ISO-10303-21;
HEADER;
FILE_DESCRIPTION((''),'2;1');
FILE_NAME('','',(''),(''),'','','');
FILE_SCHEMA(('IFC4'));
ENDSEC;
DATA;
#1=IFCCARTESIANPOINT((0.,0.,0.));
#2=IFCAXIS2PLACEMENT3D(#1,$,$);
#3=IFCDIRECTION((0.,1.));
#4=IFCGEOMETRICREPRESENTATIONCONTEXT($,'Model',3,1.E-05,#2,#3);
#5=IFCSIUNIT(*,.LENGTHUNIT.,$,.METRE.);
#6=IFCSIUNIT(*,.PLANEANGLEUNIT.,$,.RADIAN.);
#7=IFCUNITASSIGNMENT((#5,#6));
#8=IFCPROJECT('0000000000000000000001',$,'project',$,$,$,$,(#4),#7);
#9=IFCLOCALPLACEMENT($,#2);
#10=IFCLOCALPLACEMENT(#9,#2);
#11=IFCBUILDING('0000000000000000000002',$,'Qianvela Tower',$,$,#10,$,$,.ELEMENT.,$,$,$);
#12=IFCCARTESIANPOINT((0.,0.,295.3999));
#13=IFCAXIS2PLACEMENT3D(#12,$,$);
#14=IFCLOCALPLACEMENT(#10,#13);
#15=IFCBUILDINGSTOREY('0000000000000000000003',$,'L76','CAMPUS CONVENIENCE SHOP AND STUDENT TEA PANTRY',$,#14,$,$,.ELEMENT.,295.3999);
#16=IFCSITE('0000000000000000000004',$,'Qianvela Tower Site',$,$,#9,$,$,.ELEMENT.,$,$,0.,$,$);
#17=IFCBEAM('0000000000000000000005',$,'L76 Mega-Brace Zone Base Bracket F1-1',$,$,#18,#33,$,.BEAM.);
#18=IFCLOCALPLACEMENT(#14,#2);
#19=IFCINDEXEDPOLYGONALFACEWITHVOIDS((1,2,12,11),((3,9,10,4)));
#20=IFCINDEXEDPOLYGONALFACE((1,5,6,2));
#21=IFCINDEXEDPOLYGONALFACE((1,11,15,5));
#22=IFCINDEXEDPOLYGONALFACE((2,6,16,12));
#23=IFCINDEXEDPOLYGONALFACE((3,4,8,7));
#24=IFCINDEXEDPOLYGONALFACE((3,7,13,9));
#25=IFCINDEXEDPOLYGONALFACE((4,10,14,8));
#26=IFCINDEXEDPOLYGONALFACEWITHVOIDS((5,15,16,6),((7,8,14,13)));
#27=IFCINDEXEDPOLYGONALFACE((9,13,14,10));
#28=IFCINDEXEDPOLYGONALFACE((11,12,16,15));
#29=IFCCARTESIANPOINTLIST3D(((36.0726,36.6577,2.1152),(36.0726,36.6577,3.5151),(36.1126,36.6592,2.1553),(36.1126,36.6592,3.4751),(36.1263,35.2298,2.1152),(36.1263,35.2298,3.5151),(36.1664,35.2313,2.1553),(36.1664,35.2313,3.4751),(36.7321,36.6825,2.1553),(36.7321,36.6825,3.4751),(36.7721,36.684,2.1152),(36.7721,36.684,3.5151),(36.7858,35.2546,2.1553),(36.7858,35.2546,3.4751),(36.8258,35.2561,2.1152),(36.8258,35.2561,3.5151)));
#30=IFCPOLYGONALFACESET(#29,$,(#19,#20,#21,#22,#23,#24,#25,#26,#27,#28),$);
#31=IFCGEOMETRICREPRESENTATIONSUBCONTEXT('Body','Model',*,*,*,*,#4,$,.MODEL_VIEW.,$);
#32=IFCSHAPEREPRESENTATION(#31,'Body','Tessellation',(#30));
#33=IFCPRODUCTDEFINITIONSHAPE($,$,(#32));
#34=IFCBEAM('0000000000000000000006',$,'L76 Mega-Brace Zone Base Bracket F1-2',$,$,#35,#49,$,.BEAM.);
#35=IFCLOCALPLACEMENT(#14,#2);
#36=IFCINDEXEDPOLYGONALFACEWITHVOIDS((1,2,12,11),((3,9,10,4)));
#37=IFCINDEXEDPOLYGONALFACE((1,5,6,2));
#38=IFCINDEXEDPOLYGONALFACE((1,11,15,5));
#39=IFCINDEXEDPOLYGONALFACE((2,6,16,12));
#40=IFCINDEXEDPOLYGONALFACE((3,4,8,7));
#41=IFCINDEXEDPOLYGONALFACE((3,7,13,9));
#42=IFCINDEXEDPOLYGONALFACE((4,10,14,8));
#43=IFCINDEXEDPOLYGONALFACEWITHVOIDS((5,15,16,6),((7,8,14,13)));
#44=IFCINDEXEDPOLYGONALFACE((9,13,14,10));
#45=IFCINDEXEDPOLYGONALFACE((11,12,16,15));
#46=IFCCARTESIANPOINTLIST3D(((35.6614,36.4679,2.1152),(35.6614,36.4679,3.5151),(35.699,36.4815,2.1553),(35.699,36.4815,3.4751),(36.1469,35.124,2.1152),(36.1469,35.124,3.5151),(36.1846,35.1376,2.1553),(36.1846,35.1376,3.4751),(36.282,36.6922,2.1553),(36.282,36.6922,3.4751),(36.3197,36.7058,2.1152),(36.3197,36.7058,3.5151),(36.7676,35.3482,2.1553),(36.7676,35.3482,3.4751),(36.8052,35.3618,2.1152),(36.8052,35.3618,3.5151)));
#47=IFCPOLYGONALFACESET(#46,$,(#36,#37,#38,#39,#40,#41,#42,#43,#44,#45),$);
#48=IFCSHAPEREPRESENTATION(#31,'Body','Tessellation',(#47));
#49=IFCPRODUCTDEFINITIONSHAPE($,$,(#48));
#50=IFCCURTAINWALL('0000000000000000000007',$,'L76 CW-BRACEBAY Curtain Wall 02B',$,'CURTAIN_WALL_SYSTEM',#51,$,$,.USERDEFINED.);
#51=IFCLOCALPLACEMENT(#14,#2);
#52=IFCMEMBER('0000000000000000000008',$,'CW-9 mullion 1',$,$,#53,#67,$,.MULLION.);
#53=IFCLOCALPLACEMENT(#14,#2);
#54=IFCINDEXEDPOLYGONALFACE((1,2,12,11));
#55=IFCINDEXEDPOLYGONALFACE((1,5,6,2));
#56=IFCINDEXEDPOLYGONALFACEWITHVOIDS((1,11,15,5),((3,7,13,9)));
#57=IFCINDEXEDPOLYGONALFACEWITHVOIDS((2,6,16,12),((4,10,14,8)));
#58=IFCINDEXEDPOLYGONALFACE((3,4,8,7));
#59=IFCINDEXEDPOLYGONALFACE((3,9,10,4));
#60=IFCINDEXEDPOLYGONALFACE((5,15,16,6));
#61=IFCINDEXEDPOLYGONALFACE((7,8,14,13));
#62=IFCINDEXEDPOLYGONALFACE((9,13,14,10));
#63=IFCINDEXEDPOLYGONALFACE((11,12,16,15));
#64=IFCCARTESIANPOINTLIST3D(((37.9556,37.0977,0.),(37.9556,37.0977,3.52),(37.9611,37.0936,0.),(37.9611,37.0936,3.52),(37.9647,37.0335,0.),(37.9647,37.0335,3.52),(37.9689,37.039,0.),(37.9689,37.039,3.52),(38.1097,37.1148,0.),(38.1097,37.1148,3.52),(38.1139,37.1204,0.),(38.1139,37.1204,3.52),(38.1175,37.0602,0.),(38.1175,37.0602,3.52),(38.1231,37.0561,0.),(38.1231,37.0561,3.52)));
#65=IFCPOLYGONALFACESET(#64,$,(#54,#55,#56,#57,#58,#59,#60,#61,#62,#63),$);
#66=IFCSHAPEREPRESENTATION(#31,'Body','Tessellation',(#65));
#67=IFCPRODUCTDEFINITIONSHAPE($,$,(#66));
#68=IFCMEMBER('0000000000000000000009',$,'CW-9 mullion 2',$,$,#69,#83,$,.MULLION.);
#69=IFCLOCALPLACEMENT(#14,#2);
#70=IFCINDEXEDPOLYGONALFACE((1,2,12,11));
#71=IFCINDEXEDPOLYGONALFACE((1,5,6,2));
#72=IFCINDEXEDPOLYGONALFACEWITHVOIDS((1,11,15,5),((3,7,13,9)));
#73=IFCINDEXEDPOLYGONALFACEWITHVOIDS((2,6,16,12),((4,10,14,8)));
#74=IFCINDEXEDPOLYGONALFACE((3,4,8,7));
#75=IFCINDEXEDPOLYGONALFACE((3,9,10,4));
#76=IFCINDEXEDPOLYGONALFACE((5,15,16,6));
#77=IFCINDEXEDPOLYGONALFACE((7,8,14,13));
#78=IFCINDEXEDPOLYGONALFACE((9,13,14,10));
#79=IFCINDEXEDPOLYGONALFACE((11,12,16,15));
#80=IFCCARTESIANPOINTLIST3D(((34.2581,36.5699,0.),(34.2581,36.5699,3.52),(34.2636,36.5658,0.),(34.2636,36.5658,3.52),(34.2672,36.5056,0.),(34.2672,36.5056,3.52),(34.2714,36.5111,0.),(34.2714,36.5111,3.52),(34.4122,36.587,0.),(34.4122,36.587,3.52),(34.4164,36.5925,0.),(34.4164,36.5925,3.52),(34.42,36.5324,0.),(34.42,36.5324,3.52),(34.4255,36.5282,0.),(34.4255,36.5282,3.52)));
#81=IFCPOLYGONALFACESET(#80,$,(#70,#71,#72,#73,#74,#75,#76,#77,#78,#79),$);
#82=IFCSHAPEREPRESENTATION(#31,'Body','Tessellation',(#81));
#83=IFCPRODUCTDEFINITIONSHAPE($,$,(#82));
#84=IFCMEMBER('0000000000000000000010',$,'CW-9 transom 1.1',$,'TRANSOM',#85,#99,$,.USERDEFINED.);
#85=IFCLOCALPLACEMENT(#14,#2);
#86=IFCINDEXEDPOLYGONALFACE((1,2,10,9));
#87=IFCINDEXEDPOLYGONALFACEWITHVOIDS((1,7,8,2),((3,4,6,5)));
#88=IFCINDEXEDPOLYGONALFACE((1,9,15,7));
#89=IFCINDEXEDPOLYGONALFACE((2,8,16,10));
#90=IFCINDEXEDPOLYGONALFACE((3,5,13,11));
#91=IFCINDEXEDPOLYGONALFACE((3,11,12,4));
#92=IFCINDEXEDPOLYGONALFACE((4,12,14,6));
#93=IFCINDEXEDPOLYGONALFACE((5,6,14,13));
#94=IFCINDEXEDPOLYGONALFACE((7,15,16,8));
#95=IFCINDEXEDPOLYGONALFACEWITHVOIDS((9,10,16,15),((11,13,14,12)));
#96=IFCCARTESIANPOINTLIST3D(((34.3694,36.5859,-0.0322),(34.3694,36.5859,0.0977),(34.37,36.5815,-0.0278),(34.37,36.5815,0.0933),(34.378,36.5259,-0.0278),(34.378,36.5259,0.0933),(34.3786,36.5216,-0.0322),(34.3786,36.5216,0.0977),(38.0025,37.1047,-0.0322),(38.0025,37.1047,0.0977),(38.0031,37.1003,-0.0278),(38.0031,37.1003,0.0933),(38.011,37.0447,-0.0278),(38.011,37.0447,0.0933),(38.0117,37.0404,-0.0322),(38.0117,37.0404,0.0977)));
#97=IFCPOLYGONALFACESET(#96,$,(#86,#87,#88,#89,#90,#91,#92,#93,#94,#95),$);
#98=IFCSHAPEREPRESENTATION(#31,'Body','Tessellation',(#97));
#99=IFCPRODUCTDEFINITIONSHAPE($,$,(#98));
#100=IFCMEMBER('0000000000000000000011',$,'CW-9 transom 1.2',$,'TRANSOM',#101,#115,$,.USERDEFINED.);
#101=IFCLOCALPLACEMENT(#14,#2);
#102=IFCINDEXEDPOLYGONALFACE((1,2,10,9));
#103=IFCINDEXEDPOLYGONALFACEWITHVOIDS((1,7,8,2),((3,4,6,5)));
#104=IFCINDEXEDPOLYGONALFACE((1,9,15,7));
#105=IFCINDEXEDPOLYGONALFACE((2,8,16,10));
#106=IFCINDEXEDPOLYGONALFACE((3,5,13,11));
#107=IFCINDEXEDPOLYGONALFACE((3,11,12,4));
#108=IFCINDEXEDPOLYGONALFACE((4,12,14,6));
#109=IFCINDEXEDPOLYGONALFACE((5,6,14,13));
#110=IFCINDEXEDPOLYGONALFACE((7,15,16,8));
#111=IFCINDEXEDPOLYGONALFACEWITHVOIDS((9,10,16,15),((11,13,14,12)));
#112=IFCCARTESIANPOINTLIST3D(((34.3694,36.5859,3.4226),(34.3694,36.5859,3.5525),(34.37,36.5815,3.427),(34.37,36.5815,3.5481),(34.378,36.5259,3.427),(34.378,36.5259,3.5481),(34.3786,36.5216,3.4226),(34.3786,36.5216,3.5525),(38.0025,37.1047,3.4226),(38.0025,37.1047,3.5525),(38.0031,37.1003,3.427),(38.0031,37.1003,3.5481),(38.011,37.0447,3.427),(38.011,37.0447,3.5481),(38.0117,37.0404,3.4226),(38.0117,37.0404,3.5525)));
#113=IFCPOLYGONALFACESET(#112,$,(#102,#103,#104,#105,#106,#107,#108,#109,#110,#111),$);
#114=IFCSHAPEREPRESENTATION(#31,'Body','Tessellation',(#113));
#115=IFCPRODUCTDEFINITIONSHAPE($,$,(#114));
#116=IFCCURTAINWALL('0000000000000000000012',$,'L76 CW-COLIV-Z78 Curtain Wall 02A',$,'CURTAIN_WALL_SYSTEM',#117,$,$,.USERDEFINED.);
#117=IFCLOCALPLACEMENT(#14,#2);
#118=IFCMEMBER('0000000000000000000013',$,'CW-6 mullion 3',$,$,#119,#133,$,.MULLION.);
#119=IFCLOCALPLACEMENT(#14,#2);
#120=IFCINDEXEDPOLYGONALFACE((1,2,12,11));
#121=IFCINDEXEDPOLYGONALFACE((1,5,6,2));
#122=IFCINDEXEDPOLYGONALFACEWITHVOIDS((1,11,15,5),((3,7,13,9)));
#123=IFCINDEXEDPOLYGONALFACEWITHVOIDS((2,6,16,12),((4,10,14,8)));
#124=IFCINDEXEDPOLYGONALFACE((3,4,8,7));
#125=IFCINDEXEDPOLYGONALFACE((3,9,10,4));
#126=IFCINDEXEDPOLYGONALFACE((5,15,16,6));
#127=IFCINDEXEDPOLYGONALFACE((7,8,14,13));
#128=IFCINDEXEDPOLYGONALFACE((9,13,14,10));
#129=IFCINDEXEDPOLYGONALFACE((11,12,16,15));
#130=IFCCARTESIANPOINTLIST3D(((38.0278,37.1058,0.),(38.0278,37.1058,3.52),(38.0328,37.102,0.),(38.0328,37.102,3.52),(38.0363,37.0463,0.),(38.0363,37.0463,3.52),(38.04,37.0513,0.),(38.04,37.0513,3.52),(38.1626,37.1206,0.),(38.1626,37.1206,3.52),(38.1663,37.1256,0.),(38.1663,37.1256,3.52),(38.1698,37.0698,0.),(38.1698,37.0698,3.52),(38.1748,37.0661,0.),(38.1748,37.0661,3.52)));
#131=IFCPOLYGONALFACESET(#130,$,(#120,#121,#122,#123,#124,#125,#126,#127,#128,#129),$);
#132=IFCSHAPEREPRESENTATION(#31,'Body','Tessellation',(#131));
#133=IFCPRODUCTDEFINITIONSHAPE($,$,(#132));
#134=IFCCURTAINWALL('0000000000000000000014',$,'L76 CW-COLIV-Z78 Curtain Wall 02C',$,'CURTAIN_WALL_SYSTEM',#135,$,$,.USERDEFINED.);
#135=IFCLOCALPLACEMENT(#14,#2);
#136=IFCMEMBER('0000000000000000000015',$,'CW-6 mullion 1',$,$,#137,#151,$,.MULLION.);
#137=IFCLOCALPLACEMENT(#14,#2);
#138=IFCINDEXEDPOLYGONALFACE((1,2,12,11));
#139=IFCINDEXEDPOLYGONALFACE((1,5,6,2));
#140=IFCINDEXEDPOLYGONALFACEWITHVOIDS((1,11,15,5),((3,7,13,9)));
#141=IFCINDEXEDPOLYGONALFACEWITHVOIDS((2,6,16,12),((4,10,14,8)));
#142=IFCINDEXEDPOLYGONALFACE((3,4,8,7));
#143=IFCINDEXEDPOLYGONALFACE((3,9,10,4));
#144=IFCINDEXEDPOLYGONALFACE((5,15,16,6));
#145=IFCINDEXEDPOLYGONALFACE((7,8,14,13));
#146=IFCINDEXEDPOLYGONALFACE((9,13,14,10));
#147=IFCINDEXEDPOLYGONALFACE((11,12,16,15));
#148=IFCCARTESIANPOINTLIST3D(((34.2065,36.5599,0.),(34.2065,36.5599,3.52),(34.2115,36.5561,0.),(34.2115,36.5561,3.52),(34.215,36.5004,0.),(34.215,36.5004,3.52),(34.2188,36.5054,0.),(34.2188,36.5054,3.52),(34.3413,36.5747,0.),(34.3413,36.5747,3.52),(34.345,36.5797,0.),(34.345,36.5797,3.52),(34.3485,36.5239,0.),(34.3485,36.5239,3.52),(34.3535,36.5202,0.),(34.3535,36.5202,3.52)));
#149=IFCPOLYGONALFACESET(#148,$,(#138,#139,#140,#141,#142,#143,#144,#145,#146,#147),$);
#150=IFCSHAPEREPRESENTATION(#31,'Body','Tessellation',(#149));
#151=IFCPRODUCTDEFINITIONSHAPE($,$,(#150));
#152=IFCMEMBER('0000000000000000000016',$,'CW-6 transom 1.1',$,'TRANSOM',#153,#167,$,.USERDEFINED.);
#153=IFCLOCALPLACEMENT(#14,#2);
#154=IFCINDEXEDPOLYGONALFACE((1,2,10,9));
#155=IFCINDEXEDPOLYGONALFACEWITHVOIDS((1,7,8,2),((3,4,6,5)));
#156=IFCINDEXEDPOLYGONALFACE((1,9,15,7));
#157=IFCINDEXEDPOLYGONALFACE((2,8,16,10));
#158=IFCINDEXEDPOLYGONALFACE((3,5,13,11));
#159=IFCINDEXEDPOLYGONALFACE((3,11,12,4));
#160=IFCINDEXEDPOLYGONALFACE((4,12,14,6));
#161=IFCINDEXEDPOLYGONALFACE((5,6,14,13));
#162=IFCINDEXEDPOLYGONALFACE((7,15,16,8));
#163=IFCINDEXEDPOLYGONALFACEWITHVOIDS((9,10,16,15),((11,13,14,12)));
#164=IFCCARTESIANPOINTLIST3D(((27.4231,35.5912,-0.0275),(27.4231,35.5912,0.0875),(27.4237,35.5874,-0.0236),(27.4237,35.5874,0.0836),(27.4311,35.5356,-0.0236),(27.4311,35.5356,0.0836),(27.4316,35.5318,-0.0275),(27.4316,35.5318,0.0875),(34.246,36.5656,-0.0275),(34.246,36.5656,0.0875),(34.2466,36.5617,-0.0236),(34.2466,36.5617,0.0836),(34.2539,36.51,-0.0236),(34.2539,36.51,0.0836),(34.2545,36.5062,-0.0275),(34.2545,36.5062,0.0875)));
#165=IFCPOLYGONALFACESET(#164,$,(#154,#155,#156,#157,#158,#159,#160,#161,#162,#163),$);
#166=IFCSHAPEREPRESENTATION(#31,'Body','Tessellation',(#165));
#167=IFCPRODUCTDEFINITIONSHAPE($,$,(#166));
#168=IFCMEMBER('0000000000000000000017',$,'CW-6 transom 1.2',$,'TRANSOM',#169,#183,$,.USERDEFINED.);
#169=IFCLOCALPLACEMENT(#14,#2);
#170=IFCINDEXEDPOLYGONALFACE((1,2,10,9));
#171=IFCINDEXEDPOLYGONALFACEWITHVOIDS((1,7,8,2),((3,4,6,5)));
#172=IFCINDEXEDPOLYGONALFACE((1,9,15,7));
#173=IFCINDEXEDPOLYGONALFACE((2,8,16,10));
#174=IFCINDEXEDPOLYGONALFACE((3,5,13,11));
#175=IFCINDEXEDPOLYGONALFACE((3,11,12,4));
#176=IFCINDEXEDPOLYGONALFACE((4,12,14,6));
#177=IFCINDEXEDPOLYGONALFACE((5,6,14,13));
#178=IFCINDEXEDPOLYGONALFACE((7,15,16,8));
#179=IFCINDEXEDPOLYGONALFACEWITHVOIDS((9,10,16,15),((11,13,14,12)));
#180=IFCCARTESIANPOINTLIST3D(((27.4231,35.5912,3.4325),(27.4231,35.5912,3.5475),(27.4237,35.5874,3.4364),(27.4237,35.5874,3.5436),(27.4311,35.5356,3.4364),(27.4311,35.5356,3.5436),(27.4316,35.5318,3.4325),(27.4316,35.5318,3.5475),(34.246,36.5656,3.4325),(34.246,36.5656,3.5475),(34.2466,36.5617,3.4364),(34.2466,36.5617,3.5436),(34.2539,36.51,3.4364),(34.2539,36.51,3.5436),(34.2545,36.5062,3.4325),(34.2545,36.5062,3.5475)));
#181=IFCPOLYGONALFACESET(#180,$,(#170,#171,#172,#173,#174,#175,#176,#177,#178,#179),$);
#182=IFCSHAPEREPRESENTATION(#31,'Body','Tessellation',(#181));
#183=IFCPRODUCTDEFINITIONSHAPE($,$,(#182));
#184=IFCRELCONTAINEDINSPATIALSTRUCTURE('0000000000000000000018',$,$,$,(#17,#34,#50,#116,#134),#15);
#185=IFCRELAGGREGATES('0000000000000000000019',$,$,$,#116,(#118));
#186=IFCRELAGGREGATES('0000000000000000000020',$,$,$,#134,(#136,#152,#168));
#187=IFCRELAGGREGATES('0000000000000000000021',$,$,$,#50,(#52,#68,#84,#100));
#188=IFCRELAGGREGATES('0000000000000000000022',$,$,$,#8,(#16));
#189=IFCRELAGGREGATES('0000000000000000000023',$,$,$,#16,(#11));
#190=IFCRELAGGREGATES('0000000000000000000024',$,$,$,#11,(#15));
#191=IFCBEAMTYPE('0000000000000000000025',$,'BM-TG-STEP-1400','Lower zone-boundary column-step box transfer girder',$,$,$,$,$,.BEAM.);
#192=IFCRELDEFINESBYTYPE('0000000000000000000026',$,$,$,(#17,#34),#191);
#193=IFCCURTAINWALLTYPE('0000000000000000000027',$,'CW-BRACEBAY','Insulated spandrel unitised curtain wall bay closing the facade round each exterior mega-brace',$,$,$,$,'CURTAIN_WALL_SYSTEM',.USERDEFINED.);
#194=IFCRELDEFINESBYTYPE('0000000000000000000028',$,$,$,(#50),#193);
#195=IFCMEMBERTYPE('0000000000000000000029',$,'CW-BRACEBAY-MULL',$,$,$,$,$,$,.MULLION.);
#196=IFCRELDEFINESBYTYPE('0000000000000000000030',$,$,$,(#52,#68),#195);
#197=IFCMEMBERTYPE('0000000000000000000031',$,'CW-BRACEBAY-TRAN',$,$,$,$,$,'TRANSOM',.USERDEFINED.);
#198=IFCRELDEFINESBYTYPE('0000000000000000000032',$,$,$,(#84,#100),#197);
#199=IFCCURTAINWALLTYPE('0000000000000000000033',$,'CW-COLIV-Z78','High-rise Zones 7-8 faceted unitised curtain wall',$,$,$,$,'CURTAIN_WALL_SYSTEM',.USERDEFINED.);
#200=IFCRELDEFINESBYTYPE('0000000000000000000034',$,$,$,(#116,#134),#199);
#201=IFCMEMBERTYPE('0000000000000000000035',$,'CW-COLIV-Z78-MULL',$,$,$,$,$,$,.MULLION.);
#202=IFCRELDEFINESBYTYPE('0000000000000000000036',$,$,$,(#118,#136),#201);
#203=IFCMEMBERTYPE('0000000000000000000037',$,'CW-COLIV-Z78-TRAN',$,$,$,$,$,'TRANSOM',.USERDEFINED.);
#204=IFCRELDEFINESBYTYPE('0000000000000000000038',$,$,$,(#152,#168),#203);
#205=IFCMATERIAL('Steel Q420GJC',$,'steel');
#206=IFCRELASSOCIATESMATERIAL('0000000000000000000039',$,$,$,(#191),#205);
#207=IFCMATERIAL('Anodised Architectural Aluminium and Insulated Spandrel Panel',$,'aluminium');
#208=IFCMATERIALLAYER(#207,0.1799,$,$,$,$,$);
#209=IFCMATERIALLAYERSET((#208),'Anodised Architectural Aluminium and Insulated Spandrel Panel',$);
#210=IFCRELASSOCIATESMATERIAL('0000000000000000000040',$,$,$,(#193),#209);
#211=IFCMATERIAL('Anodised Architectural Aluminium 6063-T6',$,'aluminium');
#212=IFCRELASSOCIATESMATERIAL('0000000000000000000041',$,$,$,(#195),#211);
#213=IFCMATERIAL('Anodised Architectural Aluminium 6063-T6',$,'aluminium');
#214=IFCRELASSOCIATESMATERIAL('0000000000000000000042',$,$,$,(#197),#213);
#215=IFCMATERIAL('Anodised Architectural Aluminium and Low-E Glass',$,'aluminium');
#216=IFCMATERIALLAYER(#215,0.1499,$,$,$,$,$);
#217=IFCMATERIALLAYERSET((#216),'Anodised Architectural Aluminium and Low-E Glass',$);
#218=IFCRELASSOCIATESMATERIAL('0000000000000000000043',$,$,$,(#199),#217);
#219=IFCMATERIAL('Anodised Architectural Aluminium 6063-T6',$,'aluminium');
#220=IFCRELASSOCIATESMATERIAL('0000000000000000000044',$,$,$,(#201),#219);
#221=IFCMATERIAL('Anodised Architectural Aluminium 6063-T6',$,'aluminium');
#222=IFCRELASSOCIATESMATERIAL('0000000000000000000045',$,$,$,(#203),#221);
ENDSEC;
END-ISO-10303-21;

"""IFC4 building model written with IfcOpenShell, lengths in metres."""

from ifc_helpers import new_model, si_unit, direction, frame, origin, origin_2d, place, context, subcontext, project, spatial, hollow_rectangle, extrude, material, layer, layer_set, material_profile, profile_set, type_object, element, aggregate, save


model = new_model("IFC4")

# Units and contexts
model_context = context("Model", 3, precision=1e-05, world=origin(), true_north=direction((0.0, 1.0)))
body_context = subcontext(model_context, "Body", "Model", "MODEL_VIEW")
ifc_project = project(units=[si_unit("LENGTHUNIT", "METRE"), si_unit("PLANEANGLEUNIT", "RADIAN")], contexts=[model_context])

# Site, building, storey
site_placement = place(None, origin())
site = spatial("IfcSite", under=ifc_project, at=site_placement, Name="Qianvela Tower Site", CompositionType="ELEMENT", RefElevation=0.0)
building_placement = place(site_placement, origin())
building = spatial("IfcBuilding", under=site, at=building_placement, Name="Qianvela Tower", CompositionType="ELEMENT")
storey_placement = place(building_placement, frame((0.0, 0.0, 295.3999)))
storey = spatial("IfcBuildingStorey", under=building, at=storey_placement, Name="L76", Description="CAMPUS CONVENIENCE SHOP AND STUDENT TEA PANTRY", CompositionType="ELEMENT", Elevation=295.3999)

# Beams
ifc_material_1 = material(Name="Steel Q420GJC", Category="steel")
ifc_material_profile_1 = material_profile(ifc_material_1, hollow_rectangle(XDim=0.7, YDim=1.3999, WallThickness=0.04, at=origin_2d()), Name="TG-BOX-1400x700x40")
ifc_profile_set_1 = profile_set([ifc_material_profile_1], Name="Steel Q420GJC")
beam_type_1 = type_object("IfcBeamType", Name="BM-TG-STEP-1400", Description="Lower zone-boundary column-step box transfer girder", PredefinedType="BEAM", material=ifc_profile_set_1)
for number, where, z_axis, x_axis, name in (
    (1, (36.4761, 35.2429, 2.8152), (-0.037587, 0.999293, 0.0), (-0.999293, -0.037587, 0.0), "L76 Mega-Brace Zone Base Bracket F1-1"),
    (2, (36.4761, 35.2429, 2.8152), (-0.339808, 0.940495, 0.0), (-0.940495, -0.339808, 0.0), "L76 Mega-Brace Zone Base Bracket F1-2"),
):
    element("IfcBeam", number, at=place(storey_placement, frame(where, z_axis=z_axis, x_axis=x_axis)), inside=storey, type_object=beam_type_1, Name=name, PredefinedType="BEAM", context=body_context, shape_type="SweptSolid", body=[
        extrude(hollow_rectangle(XDim=0.7, YDim=1.3999, WallThickness=0.04, at=origin_2d()), origin(), (0.0, 0.0, 1.0), 1.429),
    ])

# Curtain wall, members
ifc_material_2 = material(Name="Anodised Architectural Aluminium and Insulated Spandrel Panel", Category="aluminium")
ifc_layer_1 = layer(ifc_material_2, 0.1799)
ifc_layer_set_1 = layer_set([ifc_layer_1], Name="Anodised Architectural Aluminium and Insulated Spandrel Panel")
curtain_wall_type_1 = type_object("IfcCurtainWallType", Name="CW-BRACEBAY", Description="Insulated spandrel unitised curtain wall bay closing the facade round each exterior mega-brace", ElementType="CURTAIN_WALL_SYSTEM", PredefinedType="USERDEFINED", material=ifc_layer_set_1)
curtain_wall_1_placement = place(storey_placement, origin())
curtain_wall_1 = element("IfcCurtainWall", 3, at=curtain_wall_1_placement, inside=storey, type_object=curtain_wall_type_1, Name="L76 CW-BRACEBAY Curtain Wall 02B", ObjectType="CURTAIN_WALL_SYSTEM", PredefinedType="USERDEFINED")
ifc_material_3 = material(Name="Anodised Architectural Aluminium 6063-T6", Category="aluminium")
ifc_material_profile_2 = material_profile(ifc_material_3, hollow_rectangle(XDim=0.0649, YDim=0.1599, WallThickness=0.0049, at=origin_2d()), Name="ALU-MULL-65x160")
ifc_profile_set_2 = profile_set([ifc_material_profile_2], Name="Anodised Architectural Aluminium 6063-T6")
member_type_1 = type_object("IfcMemberType", Name="CW-BRACEBAY-MULL", PredefinedType="MULLION", material=ifc_profile_set_2)
member_1_placement = place(storey_placement, frame((38.0393, 37.0769, 0.0), z_axis=(0.0, 0.0, 1.0), x_axis=(0.14137, -0.989957, 0.0)))
member_1 = element("IfcMember", 4, at=member_1_placement, type_object=member_type_1, Name="CW-9 mullion 1", PredefinedType="MULLION", context=body_context, shape_type="SweptSolid", body=[
    extrude(hollow_rectangle(XDim=0.0649, YDim=0.1599, WallThickness=0.0049, at=origin_2d()), origin(), (0.0, 0.0, 1.0), 3.52),
])
member_2_placement = place(storey_placement, frame((34.3418, 36.5491, 0.0), z_axis=(0.0, 0.0, 1.0), x_axis=(0.14137, -0.989957, 0.0)))
member_2 = element("IfcMember", 5, at=member_2_placement, type_object=member_type_1, Name="CW-9 mullion 2", PredefinedType="MULLION", context=body_context, shape_type="SweptSolid", body=[
    extrude(hollow_rectangle(XDim=0.0649, YDim=0.1599, WallThickness=0.0049, at=origin_2d()), origin(), (0.0, 0.0, 1.0), 3.52),
])
ifc_material_4 = material(Name="Anodised Architectural Aluminium 6063-T6", Category="aluminium")
ifc_material_profile_3 = material_profile(ifc_material_4, hollow_rectangle(XDim=0.0649, YDim=0.1299, WallThickness=0.0044, at=origin_2d()), Name="ALU-TRAN-65x130")
ifc_profile_set_3 = profile_set([ifc_material_profile_3], Name="Anodised Architectural Aluminium 6063-T6")
member_type_2 = type_object("IfcMemberType", Name="CW-BRACEBAY-TRAN", ElementType="TRANSOM", PredefinedType="USERDEFINED", material=ifc_profile_set_3)
member_3_placement = place(storey_placement, frame((38.0071, 37.0725, 0.0327), z_axis=(-0.989957, -0.141365, 0.0), x_axis=(0.141365, -0.989957, 0.0)))
member_3 = element("IfcMember", 6, at=member_3_placement, type_object=member_type_2, Name="CW-9 transom 1.1", ObjectType="TRANSOM", PredefinedType="USERDEFINED", context=body_context, shape_type="SweptSolid", body=[
    extrude(hollow_rectangle(XDim=0.0649, YDim=0.1299, WallThickness=0.0044, at=origin_2d()), origin(), (0.0, 0.0, 1.0), 3.6699),
])
member_4_placement = place(storey_placement, frame((38.0071, 37.0725, 3.4875), z_axis=(-0.989957, -0.141365, 0.0), x_axis=(0.141365, -0.989957, 0.0)))
member_4 = element("IfcMember", 7, at=member_4_placement, type_object=member_type_2, Name="CW-9 transom 1.2", ObjectType="TRANSOM", PredefinedType="USERDEFINED", context=body_context, shape_type="SweptSolid", body=[
    extrude(hollow_rectangle(XDim=0.0649, YDim=0.1299, WallThickness=0.0044, at=origin_2d()), origin(), (0.0, 0.0, 1.0), 3.6699),
])

# Curtain wall, member
ifc_material_5 = material(Name="Anodised Architectural Aluminium and Low-E Glass", Category="aluminium")
ifc_layer_2 = layer(ifc_material_5, 0.1499)
ifc_layer_set_2 = layer_set([ifc_layer_2], Name="Anodised Architectural Aluminium and Low-E Glass")
curtain_wall_type_2 = type_object("IfcCurtainWallType", Name="CW-COLIV-Z78", Description="High-rise Zones 7-8 faceted unitised curtain wall", ElementType="CURTAIN_WALL_SYSTEM", PredefinedType="USERDEFINED", material=ifc_layer_set_2)
curtain_wall_2_placement = place(storey_placement, origin())
curtain_wall_2 = element("IfcCurtainWall", 8, at=curtain_wall_2_placement, inside=storey, type_object=curtain_wall_type_2, Name="L76 CW-COLIV-Z78 Curtain Wall 02A", ObjectType="CURTAIN_WALL_SYSTEM", PredefinedType="USERDEFINED")
ifc_material_6 = material(Name="Anodised Architectural Aluminium 6063-T6", Category="aluminium")
ifc_material_profile_4 = material_profile(ifc_material_6, hollow_rectangle(XDim=0.0601, YDim=0.1399, WallThickness=0.0044, at=origin_2d()), Name="ALU-MULL-60x140")
ifc_profile_set_4 = profile_set([ifc_material_profile_4], Name="Anodised Architectural Aluminium 6063-T6")
member_type_3 = type_object("IfcMemberType", Name="CW-COLIV-Z78-MULL", PredefinedType="MULLION", material=ifc_profile_set_4)
member_5_placement = place(storey_placement, frame((38.1013, 37.0859, 0.0), z_axis=(0.0, 0.0, 1.0), x_axis=(0.141366, -0.989957, 0.0)))
member_5 = element("IfcMember", 9, at=member_5_placement, type_object=member_type_3, Name="CW-6 mullion 3", PredefinedType="MULLION", context=body_context, shape_type="SweptSolid", body=[
    extrude(hollow_rectangle(XDim=0.0601, YDim=0.1399, WallThickness=0.0044, at=origin_2d()), origin(), (0.0, 0.0, 1.0), 3.52),
])
aggregate(curtain_wall_2, [member_5])

# Curtain wall, members
curtain_wall_3_placement = place(storey_placement, origin())
curtain_wall_3 = element("IfcCurtainWall", 10, at=curtain_wall_3_placement, inside=storey, type_object=curtain_wall_type_2, Name="L76 CW-COLIV-Z78 Curtain Wall 02C", ObjectType="CURTAIN_WALL_SYSTEM", PredefinedType="USERDEFINED")
member_6_placement = place(storey_placement, frame((34.28, 36.54, 0.0), z_axis=(0.0, 0.0, 1.0), x_axis=(0.141362, -0.989958, 0.0)))
member_6 = element("IfcMember", 11, at=member_6_placement, type_object=member_type_3, Name="CW-6 mullion 1", PredefinedType="MULLION", context=body_context, shape_type="SweptSolid", body=[
    extrude(hollow_rectangle(XDim=0.0601, YDim=0.1399, WallThickness=0.0044, at=origin_2d()), origin(), (0.0, 0.0, 1.0), 3.52),
])
ifc_material_7 = material(Name="Anodised Architectural Aluminium 6063-T6", Category="aluminium")
ifc_material_profile_5 = material_profile(ifc_material_7, hollow_rectangle(XDim=0.0601, YDim=0.115, WallThickness=0.0039, at=origin_2d()), Name="ALU-TRAN-60x115")
ifc_profile_set_5 = profile_set([ifc_material_profile_5], Name="Anodised Architectural Aluminium 6063-T6")
member_type_4 = type_object("IfcMemberType", Name="CW-COLIV-Z78-TRAN", ElementType="TRANSOM", PredefinedType="USERDEFINED", material=ifc_profile_set_5)
member_7_placement = place(storey_placement, frame((34.2502, 36.5359, 0.03), z_axis=(-0.989956, -0.141377, 0.0), x_axis=(0.141377, -0.989956, 0.0)))
member_7 = element("IfcMember", 12, at=member_7_placement, type_object=member_type_4, Name="CW-6 transom 1.1", ObjectType="TRANSOM", PredefinedType="USERDEFINED", context=body_context, shape_type="SweptSolid", body=[
    extrude(hollow_rectangle(XDim=0.0601, YDim=0.115, WallThickness=0.0039, at=origin_2d()), origin(), (0.0, 0.0, 1.0), 6.8921),
])
member_8_placement = place(storey_placement, frame((34.2502, 36.5359, 3.49), z_axis=(-0.989956, -0.141377, 0.0), x_axis=(0.141377, -0.989956, 0.0)))
member_8 = element("IfcMember", 13, at=member_8_placement, type_object=member_type_4, Name="CW-6 transom 1.2", ObjectType="TRANSOM", PredefinedType="USERDEFINED", context=body_context, shape_type="SweptSolid", body=[
    extrude(hollow_rectangle(XDim=0.0601, YDim=0.115, WallThickness=0.0039, at=origin_2d()), origin(), (0.0, 0.0, 1.0), 6.8921),
])
aggregate(curtain_wall_3, [member_6, member_7, member_8])

aggregate(curtain_wall_1, [member_1, member_2, member_3, member_4])

save(model, "model.ifc")
